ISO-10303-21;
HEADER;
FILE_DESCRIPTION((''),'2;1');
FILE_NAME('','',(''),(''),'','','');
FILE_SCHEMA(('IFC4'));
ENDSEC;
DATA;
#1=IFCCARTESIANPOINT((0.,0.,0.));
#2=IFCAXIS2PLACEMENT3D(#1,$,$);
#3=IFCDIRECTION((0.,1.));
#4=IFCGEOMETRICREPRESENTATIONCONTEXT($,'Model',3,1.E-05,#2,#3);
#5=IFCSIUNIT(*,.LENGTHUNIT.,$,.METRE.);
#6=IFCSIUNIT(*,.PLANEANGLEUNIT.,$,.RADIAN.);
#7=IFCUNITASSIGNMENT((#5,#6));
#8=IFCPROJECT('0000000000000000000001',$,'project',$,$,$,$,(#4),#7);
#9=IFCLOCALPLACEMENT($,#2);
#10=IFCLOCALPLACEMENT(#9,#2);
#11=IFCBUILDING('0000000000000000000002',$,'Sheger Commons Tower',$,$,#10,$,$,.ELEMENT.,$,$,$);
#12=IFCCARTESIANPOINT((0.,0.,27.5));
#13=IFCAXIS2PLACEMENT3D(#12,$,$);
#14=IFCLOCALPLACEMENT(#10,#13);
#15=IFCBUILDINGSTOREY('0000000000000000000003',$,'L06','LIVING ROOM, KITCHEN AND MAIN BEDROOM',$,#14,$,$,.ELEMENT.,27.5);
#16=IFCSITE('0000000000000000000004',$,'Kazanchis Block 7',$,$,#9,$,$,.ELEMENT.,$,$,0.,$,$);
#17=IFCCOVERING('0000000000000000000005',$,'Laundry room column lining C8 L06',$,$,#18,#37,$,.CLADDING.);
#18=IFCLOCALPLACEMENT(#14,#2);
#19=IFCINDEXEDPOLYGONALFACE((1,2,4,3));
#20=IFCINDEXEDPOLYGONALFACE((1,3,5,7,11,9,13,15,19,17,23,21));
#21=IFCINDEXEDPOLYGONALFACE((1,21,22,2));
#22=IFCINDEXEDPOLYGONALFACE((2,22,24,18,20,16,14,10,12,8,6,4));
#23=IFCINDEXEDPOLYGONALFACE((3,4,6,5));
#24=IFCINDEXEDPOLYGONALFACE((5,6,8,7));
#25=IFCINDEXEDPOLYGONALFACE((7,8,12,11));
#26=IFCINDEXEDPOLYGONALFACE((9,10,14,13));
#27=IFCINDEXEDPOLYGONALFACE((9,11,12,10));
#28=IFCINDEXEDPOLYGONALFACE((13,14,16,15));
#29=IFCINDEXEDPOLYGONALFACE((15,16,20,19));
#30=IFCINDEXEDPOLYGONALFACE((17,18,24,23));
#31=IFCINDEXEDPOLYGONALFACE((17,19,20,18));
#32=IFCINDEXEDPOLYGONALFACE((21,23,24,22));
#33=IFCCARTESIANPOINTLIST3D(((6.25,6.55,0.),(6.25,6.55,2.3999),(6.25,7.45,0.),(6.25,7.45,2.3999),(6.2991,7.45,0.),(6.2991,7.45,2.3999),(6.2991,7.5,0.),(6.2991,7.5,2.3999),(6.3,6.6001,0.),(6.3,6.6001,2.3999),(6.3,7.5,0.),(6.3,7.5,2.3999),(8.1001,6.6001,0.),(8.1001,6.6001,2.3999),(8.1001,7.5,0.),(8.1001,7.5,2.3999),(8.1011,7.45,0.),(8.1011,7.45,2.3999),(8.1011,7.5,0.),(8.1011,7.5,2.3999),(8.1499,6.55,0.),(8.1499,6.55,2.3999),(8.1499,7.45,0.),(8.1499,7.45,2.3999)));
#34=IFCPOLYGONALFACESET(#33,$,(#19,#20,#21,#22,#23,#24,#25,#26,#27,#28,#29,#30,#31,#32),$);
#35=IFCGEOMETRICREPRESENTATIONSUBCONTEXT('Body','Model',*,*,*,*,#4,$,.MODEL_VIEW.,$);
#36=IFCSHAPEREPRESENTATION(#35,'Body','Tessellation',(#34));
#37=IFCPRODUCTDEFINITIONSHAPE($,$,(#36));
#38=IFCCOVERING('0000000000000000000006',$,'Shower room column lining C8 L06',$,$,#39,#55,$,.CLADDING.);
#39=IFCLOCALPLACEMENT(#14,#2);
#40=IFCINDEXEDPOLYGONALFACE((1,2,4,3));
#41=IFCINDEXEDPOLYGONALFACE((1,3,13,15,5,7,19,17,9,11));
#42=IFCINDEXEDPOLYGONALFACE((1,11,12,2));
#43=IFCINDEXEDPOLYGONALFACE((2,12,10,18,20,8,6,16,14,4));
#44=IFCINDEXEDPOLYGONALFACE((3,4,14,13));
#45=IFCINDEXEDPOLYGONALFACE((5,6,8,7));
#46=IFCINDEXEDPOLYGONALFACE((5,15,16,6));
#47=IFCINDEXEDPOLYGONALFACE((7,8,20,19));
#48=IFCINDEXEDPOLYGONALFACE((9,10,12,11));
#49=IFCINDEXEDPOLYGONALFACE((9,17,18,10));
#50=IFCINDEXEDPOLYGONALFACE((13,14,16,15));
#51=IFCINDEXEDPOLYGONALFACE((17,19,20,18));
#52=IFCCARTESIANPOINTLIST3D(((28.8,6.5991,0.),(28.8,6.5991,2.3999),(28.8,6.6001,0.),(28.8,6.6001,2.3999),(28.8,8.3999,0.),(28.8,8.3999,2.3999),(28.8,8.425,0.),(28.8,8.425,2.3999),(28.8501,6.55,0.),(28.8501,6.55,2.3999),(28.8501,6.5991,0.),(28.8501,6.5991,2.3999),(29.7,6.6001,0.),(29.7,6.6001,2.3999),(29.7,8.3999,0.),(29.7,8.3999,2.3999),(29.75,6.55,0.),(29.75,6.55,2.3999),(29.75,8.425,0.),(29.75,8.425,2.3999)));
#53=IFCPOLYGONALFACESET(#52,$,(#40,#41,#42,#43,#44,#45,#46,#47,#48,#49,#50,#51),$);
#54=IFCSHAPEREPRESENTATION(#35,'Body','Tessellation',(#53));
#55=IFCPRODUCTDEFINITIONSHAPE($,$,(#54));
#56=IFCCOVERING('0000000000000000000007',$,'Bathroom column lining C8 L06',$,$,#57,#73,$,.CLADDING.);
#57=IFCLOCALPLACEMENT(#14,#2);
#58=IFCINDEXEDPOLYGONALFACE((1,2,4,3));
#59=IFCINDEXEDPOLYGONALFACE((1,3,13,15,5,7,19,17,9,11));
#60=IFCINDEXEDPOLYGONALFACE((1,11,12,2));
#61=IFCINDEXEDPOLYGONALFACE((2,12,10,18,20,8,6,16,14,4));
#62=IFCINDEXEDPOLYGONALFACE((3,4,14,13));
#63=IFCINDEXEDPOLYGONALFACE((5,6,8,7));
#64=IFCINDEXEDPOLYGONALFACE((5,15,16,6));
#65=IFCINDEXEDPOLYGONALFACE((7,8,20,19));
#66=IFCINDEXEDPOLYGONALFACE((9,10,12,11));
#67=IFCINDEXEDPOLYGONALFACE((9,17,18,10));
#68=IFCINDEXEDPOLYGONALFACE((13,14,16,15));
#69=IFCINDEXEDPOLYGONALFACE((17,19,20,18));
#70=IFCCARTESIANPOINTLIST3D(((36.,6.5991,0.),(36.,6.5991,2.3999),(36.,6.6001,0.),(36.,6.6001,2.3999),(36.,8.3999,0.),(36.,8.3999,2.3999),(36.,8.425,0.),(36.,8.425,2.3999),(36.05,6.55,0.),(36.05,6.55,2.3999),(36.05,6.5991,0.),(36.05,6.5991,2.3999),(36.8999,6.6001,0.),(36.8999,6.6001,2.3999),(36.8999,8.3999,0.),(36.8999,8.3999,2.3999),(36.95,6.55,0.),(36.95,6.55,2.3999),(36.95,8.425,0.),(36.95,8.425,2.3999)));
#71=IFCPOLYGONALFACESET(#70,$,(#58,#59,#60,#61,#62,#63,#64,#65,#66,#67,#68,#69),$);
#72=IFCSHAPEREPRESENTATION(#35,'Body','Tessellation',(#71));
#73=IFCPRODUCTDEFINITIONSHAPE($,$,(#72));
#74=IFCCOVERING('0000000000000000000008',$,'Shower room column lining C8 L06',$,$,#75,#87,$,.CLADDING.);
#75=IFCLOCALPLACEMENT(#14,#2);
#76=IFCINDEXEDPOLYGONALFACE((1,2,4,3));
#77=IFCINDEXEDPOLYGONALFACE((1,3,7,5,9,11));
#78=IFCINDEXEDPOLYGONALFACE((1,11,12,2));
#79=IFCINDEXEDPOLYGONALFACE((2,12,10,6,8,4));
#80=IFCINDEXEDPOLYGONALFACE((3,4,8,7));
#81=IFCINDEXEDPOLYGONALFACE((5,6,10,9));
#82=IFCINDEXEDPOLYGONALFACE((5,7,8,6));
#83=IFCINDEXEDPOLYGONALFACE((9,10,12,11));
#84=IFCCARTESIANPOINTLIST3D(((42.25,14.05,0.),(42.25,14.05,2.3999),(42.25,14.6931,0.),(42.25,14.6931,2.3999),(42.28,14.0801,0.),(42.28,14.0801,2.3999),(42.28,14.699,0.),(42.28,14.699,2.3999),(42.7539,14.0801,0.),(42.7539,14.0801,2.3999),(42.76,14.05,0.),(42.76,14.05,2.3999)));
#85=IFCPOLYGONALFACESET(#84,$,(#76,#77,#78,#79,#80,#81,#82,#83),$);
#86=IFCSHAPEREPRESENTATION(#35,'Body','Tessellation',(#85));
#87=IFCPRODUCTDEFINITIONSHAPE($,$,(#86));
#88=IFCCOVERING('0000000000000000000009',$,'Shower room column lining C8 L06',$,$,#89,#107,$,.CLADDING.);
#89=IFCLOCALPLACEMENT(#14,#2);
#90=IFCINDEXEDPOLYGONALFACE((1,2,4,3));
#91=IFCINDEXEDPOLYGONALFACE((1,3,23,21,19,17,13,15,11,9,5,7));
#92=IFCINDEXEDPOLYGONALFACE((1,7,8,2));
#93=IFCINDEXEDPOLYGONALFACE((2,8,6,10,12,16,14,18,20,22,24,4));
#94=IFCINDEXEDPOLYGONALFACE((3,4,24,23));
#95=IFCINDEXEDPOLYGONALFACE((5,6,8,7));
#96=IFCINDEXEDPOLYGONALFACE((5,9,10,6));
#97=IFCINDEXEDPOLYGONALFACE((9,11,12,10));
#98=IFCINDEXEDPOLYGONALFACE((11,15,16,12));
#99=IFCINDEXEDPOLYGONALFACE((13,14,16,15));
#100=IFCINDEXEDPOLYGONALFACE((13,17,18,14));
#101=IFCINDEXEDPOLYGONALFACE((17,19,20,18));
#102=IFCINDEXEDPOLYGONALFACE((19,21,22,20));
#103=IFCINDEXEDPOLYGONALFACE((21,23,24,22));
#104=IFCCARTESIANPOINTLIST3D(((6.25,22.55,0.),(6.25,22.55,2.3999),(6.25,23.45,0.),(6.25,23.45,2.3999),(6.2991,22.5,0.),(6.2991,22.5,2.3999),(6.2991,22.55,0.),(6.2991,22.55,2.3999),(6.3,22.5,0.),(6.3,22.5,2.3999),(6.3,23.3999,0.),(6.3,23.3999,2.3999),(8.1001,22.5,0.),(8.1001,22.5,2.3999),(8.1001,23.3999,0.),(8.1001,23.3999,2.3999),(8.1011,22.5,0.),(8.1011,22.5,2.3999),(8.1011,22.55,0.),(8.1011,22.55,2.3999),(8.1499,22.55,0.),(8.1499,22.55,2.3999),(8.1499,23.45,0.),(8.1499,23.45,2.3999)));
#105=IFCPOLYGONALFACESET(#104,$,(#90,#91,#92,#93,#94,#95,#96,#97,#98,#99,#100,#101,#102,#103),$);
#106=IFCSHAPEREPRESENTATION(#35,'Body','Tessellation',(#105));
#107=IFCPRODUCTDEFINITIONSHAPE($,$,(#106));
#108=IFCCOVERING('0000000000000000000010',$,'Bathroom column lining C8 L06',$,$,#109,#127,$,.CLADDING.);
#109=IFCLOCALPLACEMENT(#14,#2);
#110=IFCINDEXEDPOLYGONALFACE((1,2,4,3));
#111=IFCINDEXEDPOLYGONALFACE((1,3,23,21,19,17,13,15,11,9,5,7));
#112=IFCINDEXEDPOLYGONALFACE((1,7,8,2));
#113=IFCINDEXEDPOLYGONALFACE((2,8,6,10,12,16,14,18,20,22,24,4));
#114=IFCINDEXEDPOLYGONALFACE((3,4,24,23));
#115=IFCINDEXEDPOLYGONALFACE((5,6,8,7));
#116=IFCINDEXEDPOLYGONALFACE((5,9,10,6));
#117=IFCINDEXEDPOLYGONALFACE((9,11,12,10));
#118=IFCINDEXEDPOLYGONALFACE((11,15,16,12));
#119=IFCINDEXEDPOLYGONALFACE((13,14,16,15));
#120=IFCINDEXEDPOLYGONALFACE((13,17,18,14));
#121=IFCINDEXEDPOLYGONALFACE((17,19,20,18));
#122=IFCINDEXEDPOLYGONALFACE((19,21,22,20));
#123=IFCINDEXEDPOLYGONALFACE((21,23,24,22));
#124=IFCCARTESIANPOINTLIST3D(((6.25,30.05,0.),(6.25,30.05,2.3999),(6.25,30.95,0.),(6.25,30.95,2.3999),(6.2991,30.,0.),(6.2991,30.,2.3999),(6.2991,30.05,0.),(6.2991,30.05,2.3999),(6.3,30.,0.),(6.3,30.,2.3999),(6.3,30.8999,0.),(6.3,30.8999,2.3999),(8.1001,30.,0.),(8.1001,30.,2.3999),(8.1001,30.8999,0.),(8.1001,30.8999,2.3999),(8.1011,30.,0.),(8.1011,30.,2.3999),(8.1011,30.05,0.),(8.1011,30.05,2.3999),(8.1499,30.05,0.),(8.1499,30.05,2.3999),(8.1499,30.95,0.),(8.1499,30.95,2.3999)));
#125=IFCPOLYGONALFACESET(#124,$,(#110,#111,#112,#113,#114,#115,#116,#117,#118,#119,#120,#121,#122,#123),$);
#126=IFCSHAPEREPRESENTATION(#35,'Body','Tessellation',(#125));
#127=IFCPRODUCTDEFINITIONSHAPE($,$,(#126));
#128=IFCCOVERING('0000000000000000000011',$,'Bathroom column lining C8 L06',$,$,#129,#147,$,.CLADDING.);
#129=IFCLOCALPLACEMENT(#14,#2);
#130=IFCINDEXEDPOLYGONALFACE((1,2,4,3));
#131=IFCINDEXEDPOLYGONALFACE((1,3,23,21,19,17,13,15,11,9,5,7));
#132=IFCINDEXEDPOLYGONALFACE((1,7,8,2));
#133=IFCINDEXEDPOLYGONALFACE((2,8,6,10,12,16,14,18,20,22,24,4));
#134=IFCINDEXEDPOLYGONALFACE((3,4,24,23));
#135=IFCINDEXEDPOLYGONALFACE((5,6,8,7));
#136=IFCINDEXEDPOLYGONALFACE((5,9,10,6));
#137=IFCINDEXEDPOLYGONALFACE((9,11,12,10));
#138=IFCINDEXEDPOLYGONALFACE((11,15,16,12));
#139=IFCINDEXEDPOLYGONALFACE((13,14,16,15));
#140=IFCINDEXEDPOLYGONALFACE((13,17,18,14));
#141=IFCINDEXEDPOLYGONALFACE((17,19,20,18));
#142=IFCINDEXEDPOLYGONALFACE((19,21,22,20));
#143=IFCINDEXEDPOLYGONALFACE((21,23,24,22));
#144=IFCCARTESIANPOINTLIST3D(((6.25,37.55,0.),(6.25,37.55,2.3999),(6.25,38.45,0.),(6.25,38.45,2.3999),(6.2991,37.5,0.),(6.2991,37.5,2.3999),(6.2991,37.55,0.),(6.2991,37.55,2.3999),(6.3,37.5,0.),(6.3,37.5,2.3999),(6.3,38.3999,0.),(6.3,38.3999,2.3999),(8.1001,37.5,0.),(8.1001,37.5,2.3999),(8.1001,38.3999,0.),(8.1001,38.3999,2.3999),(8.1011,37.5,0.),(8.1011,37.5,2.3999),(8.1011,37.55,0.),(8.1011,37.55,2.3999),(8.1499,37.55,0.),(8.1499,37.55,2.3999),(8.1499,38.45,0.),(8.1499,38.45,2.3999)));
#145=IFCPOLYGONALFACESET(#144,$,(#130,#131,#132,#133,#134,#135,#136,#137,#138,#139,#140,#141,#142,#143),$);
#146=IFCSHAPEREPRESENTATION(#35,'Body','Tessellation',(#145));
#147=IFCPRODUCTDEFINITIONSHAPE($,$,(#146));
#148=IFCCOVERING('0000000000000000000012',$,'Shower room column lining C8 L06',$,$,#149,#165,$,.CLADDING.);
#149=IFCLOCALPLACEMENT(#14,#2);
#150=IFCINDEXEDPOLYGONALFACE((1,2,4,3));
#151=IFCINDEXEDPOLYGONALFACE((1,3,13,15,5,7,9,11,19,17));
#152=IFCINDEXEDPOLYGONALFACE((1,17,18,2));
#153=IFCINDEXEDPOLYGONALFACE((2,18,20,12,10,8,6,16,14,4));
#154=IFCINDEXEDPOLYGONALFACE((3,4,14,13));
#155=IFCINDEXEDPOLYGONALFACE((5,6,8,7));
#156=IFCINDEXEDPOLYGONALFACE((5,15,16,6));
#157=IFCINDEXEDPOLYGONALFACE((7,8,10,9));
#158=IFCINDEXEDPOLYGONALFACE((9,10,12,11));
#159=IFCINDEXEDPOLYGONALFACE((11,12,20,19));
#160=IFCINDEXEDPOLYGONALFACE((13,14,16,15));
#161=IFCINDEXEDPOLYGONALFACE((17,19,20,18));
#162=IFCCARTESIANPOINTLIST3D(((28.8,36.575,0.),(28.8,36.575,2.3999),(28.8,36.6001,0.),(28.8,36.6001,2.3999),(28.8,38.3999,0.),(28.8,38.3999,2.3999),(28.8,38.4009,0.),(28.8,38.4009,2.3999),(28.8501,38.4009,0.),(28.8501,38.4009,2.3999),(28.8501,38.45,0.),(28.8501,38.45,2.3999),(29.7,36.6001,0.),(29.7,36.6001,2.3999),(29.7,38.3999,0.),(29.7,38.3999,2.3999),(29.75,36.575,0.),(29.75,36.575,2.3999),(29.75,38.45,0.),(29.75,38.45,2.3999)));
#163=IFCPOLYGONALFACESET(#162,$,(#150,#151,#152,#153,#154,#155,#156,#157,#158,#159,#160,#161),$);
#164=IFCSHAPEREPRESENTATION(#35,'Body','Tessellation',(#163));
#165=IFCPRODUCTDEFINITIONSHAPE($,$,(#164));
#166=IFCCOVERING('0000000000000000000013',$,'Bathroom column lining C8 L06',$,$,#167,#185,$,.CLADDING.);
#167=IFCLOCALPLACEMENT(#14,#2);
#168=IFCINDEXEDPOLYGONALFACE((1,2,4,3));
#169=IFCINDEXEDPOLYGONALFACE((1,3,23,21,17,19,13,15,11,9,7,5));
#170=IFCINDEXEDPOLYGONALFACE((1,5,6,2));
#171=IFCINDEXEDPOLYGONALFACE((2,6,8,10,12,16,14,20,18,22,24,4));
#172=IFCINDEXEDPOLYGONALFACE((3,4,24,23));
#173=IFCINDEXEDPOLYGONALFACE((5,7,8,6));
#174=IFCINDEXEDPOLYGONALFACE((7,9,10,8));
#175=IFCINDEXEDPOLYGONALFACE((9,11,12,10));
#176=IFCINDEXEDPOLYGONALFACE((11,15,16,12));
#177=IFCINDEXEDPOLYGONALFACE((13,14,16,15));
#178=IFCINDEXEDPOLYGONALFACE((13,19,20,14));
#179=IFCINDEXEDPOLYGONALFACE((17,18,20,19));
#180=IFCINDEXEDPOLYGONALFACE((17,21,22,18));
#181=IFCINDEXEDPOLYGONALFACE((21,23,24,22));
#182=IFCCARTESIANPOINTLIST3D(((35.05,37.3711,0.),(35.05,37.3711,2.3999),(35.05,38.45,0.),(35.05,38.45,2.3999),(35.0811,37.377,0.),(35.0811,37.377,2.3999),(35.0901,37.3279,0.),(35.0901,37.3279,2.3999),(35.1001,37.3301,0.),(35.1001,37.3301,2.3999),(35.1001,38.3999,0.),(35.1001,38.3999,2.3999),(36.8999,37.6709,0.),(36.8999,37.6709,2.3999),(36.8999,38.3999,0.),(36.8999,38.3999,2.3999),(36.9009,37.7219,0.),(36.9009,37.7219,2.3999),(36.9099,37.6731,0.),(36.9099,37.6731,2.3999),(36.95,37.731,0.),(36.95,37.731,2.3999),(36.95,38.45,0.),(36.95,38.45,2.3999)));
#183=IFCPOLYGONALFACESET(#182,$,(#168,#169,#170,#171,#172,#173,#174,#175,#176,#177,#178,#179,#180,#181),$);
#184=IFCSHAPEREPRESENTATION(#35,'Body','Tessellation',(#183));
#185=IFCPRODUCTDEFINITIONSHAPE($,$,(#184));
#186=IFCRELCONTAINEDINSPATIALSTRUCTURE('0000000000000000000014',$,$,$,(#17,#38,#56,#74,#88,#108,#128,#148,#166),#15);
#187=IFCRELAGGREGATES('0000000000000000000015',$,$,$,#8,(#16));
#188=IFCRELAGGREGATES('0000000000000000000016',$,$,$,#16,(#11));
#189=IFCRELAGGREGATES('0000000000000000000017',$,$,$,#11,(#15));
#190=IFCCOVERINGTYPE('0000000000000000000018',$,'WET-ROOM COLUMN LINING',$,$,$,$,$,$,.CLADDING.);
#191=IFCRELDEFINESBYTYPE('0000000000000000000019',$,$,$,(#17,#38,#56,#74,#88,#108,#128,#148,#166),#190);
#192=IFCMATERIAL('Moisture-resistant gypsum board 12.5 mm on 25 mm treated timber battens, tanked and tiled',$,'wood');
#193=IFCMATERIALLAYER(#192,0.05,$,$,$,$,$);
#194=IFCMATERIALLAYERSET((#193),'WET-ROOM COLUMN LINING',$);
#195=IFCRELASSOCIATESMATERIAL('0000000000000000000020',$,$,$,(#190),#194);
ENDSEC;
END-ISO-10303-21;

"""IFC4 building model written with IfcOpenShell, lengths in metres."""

from ifc_helpers import new_model, si_unit, direction, frame, origin, place, context, subcontext, project, spatial, polyline, outline, extrude, material, layer, layer_set, type_object, element, save


model = new_model("IFC4")

# Units and contexts
model_context = context("Model", 3, precision=1e-05, world=origin(), true_north=direction((0.0, 1.0)))
body_context = subcontext(model_context, "Body", "Model", "MODEL_VIEW")
ifc_project = project(units=[si_unit("LENGTHUNIT", "METRE"), si_unit("PLANEANGLEUNIT", "RADIAN")], contexts=[model_context])

# Site, building, storey
site_placement = place(None, origin())
site = spatial("IfcSite", under=ifc_project, at=site_placement, Name="Kazanchis Block 7", CompositionType="ELEMENT", RefElevation=0.0)
building_placement = place(site_placement, origin())
building = spatial("IfcBuilding", under=site, at=building_placement, Name="Sheger Commons Tower", CompositionType="ELEMENT")
storey_placement = place(building_placement, frame((0.0, 0.0, 27.5)))
storey = spatial("IfcBuildingStorey", under=building, at=storey_placement, Name="L06", Description="LIVING ROOM, KITCHEN AND MAIN BEDROOM", CompositionType="ELEMENT", Elevation=27.5)

# Coverings
ifc_material_1 = material(Name="Moisture-resistant gypsum board 12.5 mm on 25 mm treated timber battens, tanked and tiled", Category="wood")
ifc_layer_1 = layer(ifc_material_1, 0.05)
ifc_layer_set_1 = layer_set([ifc_layer_1], Name="WET-ROOM COLUMN LINING")
covering_type_1 = type_object("IfcCoveringType", Name="WET-ROOM COLUMN LINING", PredefinedType="CLADDING", material=ifc_layer_set_1)
covering_1_placement = place(storey_placement, origin())
element("IfcCovering", 1, at=covering_1_placement, inside=storey, type_object=covering_type_1, Name="Laundry room column lining C8 L06", PredefinedType="CLADDING", context=body_context, shape_type="SweptSolid", body=[
    extrude(outline(polyline([(6.3, 7.5), (6.3, 6.6001), (8.1001, 6.6001), (8.1001, 7.5), (8.1011, 7.5), (8.1011, 7.45), (8.1499, 7.45), (8.1499, 6.55), (6.25, 6.55), (6.25, 7.45), (6.2991, 7.45), (6.2991, 7.5), (6.3, 7.5)])), origin(), (0.0, 0.0, 1.0), 2.3999),
])
covering_2_placement = place(storey_placement, origin())
element("IfcCovering", 2, at=covering_2_placement, inside=storey, type_object=covering_type_1, Name="Shower room column lining C8 L06", PredefinedType="CLADDING", context=body_context, shape_type="SweptSolid", body=[
    extrude(outline(polyline([(29.75, 6.55), (28.8501, 6.55), (28.8501, 6.5991), (28.8, 6.5991), (28.8, 6.6001), (29.7, 6.6001), (29.7, 8.3999), (28.8, 8.3999), (28.8, 8.425), (29.75, 8.425), (29.75, 6.55)])), origin(), (0.0, 0.0, 1.0), 2.3999),
])
covering_3_placement = place(storey_placement, origin())
element("IfcCovering", 3, at=covering_3_placement, inside=storey, type_object=covering_type_1, Name="Bathroom column lining C8 L06", PredefinedType="CLADDING", context=body_context, shape_type="SweptSolid", body=[
    extrude(outline(polyline([(36.95, 6.55), (36.05, 6.55), (36.05, 6.5991), (36.0, 6.5991), (36.0, 6.6001), (36.8999, 6.6001), (36.8999, 8.3999), (36.0, 8.3999), (36.0, 8.425), (36.95, 8.425), (36.95, 6.55)])), origin(), (0.0, 0.0, 1.0), 2.3999),
])
covering_4_placement = place(storey_placement, origin())
element("IfcCovering", 4, at=covering_4_placement, inside=storey, type_object=covering_type_1, Name="Shower room column lining C8 L06", PredefinedType="CLADDING", context=body_context, shape_type="SweptSolid", body=[
    extrude(outline(polyline([(42.28, 14.0801), (42.7539, 14.0801), (42.76, 14.05), (42.25, 14.05), (42.25, 14.6931), (42.28, 14.699), (42.28, 14.0801)])), origin(), (0.0, 0.0, 1.0), 2.3999),
])
covering_5_placement = place(storey_placement, origin())
element("IfcCovering", 5, at=covering_5_placement, inside=storey, type_object=covering_type_1, Name="Shower room column lining C8 L06", PredefinedType="CLADDING", context=body_context, shape_type="SweptSolid", body=[
    extrude(outline(polyline([(8.1499, 23.45), (8.1499, 22.55), (8.1011, 22.55), (8.1011, 22.5), (8.1001, 22.5), (8.1001, 23.3999), (6.3, 23.3999), (6.3, 22.5), (6.2991, 22.5), (6.2991, 22.55), (6.25, 22.55), (6.25, 23.45), (8.1499, 23.45)])), origin(), (0.0, 0.0, 1.0), 2.3999),
])
covering_6_placement = place(storey_placement, origin())
element("IfcCovering", 6, at=covering_6_placement, inside=storey, type_object=covering_type_1, Name="Bathroom column lining C8 L06", PredefinedType="CLADDING", context=body_context, shape_type="SweptSolid", body=[
    extrude(outline(polyline([(8.1499, 30.95), (8.1499, 30.05), (8.1011, 30.05), (8.1011, 30.0), (8.1001, 30.0), (8.1001, 30.8999), (6.3, 30.8999), (6.3, 30.0), (6.2991, 30.0), (6.2991, 30.05), (6.25, 30.05), (6.25, 30.95), (8.1499, 30.95)])), origin(), (0.0, 0.0, 1.0), 2.3999),
])
covering_7_placement = place(storey_placement, origin())
element("IfcCovering", 7, at=covering_7_placement, inside=storey, type_object=covering_type_1, Name="Bathroom column lining C8 L06", PredefinedType="CLADDING", context=body_context, shape_type="SweptSolid", body=[
    extrude(outline(polyline([(8.1499, 38.45), (8.1499, 37.55), (8.1011, 37.55), (8.1011, 37.5), (8.1001, 37.5), (8.1001, 38.3999), (6.3, 38.3999), (6.3, 37.5), (6.2991, 37.5), (6.2991, 37.55), (6.25, 37.55), (6.25, 38.45), (8.1499, 38.45)])), origin(), (0.0, 0.0, 1.0), 2.3999),
])
covering_8_placement = place(storey_placement, origin())
element("IfcCovering", 8, at=covering_8_placement, inside=storey, type_object=covering_type_1, Name="Shower room column lining C8 L06", PredefinedType="CLADDING", context=body_context, shape_type="SweptSolid", body=[
    extrude(outline(polyline([(29.75, 36.575), (28.8, 36.575), (28.8, 36.6001), (29.7, 36.6001), (29.7, 38.3999), (28.8, 38.3999), (28.8, 38.4009), (28.8501, 38.4009), (28.8501, 38.45), (29.75, 38.45), (29.75, 36.575)])), origin(), (0.0, 0.0, 1.0), 2.3999),
])
covering_9_placement = place(storey_placement, origin())
element("IfcCovering", 9, at=covering_9_placement, inside=storey, type_object=covering_type_1, Name="Bathroom column lining C8 L06", PredefinedType="CLADDING", context=body_context, shape_type="SweptSolid", body=[
    extrude(outline(polyline([(36.95, 38.45), (36.95, 37.731), (36.9009, 37.7219), (36.9099, 37.6731), (36.8999, 37.6709), (36.8999, 38.3999), (35.1001, 38.3999), (35.1001, 37.3301), (35.0901, 37.3279), (35.0811, 37.377), (35.05, 37.3711), (35.05, 38.45), (36.95, 38.45)])), origin(), (0.0, 0.0, 1.0), 2.3999),
])

save(model, "model.ifc")
